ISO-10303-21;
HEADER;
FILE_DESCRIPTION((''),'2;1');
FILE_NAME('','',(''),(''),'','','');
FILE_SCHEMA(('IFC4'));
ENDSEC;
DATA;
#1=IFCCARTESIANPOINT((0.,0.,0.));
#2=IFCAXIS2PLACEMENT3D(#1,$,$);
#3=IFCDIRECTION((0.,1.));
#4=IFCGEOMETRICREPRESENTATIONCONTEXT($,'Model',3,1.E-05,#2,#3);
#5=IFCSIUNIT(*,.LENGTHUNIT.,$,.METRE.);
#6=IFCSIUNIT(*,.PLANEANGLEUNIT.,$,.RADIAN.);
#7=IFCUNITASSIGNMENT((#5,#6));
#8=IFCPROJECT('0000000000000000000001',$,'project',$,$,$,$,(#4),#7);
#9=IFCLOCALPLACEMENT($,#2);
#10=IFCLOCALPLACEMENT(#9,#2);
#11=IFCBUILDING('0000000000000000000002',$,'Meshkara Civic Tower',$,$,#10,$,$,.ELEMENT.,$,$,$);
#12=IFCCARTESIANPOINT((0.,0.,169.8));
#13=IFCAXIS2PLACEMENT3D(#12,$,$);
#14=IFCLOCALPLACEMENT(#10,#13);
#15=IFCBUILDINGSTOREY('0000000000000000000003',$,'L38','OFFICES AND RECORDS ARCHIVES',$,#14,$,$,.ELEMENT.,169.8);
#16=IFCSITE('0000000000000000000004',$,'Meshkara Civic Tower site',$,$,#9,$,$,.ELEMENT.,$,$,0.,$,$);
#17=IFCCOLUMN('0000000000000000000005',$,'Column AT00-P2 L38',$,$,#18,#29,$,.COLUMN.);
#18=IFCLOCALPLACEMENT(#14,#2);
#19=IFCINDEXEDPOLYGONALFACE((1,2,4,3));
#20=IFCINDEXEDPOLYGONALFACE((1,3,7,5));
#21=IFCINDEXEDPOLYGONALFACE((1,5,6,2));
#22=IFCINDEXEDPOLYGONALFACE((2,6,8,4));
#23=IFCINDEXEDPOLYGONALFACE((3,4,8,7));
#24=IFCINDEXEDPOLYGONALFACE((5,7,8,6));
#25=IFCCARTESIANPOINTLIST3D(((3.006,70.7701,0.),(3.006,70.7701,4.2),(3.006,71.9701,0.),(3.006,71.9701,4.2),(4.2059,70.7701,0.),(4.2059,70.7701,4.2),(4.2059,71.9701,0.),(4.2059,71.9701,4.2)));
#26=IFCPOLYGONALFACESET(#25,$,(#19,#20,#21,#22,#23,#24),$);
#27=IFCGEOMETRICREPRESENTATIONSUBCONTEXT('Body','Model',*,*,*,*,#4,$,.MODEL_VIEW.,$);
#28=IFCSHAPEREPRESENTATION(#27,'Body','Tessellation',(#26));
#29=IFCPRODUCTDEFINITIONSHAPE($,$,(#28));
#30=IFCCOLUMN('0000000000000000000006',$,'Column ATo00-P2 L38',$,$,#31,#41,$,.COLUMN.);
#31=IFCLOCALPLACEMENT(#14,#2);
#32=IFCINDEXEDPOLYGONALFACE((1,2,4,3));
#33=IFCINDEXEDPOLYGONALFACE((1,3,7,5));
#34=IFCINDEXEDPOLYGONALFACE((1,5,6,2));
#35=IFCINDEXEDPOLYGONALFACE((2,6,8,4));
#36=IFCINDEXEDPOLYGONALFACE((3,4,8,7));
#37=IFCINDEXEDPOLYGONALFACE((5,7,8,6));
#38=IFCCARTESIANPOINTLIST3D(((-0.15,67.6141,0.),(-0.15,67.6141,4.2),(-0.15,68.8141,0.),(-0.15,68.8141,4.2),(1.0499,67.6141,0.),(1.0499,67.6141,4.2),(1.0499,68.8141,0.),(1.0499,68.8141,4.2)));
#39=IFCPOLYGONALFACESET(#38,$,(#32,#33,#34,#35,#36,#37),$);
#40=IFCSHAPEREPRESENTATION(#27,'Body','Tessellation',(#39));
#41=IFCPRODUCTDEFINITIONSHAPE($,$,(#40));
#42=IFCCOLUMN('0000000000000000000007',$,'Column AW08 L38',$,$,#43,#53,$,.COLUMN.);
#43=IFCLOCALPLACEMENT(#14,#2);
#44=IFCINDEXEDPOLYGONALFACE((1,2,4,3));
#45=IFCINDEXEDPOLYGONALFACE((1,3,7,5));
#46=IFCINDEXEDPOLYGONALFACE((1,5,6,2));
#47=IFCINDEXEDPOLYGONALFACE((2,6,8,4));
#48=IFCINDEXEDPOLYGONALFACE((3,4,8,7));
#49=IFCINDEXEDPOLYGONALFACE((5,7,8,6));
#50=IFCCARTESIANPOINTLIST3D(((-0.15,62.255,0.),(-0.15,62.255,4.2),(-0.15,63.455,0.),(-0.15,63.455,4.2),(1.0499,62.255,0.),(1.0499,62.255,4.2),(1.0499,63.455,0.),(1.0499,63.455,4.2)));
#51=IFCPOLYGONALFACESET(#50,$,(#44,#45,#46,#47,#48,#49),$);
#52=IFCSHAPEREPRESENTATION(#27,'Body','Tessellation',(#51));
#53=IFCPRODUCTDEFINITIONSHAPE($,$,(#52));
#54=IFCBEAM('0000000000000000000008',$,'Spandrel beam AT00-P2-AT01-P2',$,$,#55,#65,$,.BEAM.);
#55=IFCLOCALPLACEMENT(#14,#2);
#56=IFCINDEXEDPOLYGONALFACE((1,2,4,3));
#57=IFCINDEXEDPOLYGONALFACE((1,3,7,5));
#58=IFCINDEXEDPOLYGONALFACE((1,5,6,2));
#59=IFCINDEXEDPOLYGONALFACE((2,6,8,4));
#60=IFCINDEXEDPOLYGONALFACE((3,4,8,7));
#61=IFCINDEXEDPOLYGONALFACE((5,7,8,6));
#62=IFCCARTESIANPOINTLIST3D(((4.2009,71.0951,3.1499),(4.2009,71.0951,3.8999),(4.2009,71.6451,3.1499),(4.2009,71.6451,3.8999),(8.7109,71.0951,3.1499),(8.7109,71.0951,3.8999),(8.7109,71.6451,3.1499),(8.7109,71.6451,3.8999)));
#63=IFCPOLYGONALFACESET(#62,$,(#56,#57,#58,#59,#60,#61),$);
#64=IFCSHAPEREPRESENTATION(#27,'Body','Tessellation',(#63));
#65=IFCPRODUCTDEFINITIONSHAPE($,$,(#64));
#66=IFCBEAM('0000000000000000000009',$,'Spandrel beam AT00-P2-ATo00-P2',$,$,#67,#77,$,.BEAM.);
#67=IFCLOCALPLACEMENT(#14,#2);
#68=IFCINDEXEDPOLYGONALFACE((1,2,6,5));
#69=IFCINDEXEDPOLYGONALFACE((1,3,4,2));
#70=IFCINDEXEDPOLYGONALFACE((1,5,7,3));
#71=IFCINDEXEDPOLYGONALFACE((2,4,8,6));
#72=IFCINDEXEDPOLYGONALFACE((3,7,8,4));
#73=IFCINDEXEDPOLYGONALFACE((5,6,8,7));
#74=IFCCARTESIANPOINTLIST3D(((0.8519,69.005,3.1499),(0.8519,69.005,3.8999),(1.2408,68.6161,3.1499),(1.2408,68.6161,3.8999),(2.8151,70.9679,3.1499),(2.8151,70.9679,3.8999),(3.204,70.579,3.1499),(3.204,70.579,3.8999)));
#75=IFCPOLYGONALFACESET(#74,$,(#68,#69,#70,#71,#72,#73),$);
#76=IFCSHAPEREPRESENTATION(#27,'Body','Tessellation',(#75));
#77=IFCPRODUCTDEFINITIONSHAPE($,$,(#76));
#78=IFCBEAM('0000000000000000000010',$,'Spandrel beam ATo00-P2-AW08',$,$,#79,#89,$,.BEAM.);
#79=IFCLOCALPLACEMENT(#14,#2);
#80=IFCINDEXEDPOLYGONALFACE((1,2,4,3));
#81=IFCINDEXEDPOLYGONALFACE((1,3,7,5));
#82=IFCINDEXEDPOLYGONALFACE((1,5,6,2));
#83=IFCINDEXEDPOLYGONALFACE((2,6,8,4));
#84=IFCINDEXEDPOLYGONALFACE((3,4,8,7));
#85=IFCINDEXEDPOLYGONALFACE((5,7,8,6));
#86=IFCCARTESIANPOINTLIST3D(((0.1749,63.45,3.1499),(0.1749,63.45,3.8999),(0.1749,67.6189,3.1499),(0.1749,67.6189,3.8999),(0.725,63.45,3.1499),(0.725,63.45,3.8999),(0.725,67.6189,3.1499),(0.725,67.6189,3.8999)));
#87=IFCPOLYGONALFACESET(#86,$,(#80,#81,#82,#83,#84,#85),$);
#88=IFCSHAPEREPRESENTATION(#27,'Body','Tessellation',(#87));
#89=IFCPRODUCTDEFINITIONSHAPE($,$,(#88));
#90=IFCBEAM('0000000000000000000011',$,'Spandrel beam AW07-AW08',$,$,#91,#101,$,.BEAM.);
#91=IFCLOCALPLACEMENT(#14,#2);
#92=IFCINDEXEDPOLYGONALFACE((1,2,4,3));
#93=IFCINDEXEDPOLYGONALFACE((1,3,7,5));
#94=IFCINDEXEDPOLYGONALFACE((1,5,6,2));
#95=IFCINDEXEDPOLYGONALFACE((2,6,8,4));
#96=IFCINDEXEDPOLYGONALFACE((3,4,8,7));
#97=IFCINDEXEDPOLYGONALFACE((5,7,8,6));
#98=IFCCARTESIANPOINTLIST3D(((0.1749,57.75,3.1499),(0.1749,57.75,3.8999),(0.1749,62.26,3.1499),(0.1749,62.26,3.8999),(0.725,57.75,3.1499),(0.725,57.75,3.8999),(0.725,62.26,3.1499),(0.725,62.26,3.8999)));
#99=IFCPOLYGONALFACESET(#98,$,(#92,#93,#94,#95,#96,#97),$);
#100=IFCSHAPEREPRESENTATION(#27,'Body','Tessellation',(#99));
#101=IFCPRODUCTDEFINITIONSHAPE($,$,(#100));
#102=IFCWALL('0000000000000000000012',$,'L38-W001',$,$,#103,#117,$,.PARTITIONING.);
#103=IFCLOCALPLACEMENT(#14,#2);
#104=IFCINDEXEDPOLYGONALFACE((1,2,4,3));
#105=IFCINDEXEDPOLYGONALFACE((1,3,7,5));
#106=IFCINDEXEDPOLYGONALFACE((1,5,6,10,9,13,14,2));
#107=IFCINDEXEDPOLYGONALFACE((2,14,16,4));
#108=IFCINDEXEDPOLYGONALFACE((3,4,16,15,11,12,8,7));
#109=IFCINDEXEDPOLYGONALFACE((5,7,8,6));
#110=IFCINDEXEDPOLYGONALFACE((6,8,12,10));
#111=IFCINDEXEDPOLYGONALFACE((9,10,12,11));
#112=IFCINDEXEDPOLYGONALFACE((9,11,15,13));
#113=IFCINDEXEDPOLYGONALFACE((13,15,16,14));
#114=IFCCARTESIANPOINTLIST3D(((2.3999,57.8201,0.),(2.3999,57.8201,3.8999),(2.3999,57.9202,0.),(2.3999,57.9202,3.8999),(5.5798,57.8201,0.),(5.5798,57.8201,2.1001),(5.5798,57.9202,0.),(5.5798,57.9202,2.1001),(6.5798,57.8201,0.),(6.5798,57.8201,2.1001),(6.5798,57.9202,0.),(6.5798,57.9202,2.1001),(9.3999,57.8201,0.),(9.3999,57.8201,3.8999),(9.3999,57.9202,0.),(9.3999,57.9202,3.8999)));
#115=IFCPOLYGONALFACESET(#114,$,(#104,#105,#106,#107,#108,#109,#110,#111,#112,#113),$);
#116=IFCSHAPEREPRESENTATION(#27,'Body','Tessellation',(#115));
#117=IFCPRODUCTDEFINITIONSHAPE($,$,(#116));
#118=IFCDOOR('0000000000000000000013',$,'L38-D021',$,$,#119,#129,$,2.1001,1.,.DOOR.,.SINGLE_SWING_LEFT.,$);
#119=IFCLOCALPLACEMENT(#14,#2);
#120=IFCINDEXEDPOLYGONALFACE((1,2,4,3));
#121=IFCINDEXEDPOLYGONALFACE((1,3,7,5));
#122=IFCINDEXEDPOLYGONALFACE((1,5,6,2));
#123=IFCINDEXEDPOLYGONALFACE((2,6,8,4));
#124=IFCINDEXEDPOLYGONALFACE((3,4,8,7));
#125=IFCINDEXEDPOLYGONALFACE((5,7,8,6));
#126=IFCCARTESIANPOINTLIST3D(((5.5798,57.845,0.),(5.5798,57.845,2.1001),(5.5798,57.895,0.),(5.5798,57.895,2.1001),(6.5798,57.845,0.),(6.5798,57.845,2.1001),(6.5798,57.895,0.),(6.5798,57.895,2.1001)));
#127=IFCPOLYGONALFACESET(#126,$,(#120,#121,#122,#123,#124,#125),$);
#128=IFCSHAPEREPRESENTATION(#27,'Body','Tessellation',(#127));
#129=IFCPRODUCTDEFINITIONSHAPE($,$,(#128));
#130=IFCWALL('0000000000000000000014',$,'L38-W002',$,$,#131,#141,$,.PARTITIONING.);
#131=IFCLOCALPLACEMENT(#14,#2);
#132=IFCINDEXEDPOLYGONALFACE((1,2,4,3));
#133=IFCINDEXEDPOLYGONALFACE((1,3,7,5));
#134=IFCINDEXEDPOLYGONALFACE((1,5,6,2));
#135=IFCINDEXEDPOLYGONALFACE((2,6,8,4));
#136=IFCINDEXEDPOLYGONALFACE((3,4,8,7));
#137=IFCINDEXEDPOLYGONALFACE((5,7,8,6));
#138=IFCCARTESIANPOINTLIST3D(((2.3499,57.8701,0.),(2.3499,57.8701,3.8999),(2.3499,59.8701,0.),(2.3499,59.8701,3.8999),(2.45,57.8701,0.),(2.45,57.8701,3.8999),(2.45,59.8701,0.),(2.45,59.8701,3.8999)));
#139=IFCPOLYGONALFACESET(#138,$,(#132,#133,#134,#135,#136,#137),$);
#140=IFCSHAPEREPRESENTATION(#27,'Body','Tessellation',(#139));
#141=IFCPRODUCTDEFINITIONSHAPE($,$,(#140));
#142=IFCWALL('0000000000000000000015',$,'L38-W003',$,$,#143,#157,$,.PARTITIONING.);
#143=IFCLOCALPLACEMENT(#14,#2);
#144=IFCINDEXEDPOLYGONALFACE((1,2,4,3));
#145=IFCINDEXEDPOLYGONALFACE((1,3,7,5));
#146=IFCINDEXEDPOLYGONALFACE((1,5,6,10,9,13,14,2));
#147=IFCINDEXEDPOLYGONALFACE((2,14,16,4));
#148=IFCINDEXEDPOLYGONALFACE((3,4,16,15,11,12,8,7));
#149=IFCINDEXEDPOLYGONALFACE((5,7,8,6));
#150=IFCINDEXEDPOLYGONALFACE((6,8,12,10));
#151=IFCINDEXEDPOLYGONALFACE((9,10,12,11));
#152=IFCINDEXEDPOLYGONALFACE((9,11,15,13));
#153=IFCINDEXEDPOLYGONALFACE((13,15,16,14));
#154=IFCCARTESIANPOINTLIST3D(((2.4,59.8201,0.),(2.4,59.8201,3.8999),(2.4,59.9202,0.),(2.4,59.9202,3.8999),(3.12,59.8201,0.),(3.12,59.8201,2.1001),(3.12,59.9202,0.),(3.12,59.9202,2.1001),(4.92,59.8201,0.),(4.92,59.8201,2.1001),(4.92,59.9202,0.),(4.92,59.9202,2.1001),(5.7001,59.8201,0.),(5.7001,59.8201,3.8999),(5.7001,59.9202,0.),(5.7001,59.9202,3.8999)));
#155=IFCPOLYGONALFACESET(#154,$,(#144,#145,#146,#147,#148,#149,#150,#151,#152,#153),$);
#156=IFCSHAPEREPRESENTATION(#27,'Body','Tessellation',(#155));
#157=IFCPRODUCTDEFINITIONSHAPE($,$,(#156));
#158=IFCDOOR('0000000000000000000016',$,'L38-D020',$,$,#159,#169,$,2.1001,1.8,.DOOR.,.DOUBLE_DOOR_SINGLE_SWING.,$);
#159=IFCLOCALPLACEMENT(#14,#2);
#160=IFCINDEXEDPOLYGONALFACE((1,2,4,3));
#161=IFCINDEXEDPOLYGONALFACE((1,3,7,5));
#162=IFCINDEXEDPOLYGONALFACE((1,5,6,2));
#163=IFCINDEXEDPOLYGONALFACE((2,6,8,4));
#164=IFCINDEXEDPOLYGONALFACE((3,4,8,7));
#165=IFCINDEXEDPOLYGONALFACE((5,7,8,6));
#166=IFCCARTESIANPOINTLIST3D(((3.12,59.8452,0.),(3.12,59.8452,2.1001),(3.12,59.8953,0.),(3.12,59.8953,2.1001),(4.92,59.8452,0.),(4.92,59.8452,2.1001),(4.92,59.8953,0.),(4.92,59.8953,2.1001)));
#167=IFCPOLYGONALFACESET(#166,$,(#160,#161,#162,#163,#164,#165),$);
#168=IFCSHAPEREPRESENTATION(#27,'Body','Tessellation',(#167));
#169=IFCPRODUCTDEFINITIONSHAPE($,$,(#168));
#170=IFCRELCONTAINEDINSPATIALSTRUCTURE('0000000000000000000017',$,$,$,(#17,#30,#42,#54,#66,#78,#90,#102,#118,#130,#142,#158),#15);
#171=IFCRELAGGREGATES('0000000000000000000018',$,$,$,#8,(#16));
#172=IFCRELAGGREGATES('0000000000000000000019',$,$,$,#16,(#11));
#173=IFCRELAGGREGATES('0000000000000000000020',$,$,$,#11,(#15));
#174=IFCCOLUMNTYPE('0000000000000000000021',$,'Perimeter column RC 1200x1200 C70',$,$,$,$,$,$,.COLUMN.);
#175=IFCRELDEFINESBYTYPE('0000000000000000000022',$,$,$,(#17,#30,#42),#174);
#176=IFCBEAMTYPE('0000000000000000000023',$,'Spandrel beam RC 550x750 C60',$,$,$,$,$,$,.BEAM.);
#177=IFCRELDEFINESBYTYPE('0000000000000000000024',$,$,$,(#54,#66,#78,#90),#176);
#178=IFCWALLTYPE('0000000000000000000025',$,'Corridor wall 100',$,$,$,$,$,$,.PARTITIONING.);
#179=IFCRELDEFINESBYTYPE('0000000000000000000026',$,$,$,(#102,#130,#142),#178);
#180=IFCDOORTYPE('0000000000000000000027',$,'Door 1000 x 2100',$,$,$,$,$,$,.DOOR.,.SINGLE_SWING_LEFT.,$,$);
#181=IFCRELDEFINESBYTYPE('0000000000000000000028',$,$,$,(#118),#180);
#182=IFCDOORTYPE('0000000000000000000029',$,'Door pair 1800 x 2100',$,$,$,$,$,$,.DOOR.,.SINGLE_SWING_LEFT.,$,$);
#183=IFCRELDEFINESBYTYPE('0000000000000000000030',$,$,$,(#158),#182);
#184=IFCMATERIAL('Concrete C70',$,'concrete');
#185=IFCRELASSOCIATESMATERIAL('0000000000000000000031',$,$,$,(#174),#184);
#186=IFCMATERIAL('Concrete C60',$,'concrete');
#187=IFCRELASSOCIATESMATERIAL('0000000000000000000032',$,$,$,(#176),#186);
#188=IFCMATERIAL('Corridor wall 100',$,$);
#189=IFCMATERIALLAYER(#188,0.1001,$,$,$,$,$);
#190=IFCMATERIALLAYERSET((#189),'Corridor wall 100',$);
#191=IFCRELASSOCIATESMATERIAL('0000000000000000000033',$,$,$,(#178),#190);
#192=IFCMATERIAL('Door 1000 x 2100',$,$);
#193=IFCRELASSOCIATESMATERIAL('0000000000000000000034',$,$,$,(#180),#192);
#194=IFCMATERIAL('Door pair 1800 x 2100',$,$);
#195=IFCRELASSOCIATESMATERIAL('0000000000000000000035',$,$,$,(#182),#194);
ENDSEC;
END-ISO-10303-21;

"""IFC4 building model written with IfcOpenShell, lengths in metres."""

from ifc_helpers import new_model, si_unit, direction, frame, frame_2d, origin, origin_2d, place, context, subcontext, project, spatial, rectangle, extrude, material, layer, layer_set, material_profile, profile_set, type_object, element, fill, save


model = new_model("IFC4")

# Units and contexts
model_context = context("Model", 3, precision=1e-05, world=origin(), true_north=direction((0.0, 1.0)))
body_context = subcontext(model_context, "Body", "Model", "MODEL_VIEW")
ifc_project = project(units=[si_unit("LENGTHUNIT", "METRE"), si_unit("PLANEANGLEUNIT", "RADIAN")], contexts=[model_context])

# Site, building, storey
site_placement = place(None, origin())
site = spatial("IfcSite", under=ifc_project, at=site_placement, Name="Meshkara Civic Tower site", CompositionType="ELEMENT", RefElevation=0.0)
building_placement = place(site_placement, origin())
building = spatial("IfcBuilding", under=site, at=building_placement, Name="Meshkara Civic Tower", CompositionType="ELEMENT")
storey_placement = place(building_placement, frame((0.0, 0.0, 169.8)))
storey = spatial("IfcBuildingStorey", under=building, at=storey_placement, Name="L38", Description="OFFICES AND RECORDS ARCHIVES", CompositionType="ELEMENT", Elevation=169.8)

# Columns
ifc_material_1 = material(Name="Concrete C70", Category="concrete")
ifc_material_profile_1 = material_profile(ifc_material_1, rectangle(XDim=1.2, YDim=1.2, at=origin_2d()))
ifc_profile_set_1 = profile_set([ifc_material_profile_1], Name="Concrete C70")
column_type = type_object("IfcColumnType", Name="Perimeter column RC 1200x1200 C70", PredefinedType="COLUMN", material=ifc_profile_set_1)
for number, where, z_axis, x_axis, name in (
    (1, (3.606, 71.3701, 0.0), (0.0, 0.0, 1.0), (1.0, 0.0, 0.0), "Column AT00-P2 L38"),
    (2, (0.45, 68.2141, 0.0), (0.0, 0.0, 1.0), (1.0, 0.0, 0.0), "Column ATo00-P2 L38"),
    (3, (0.45, 62.855, 0.0), (0.0, 0.0, 1.0), (1.0, 0.0, 0.0), "Column AW08 L38"),
):
    element("IfcColumn", number, at=place(storey_placement, frame(where, z_axis=z_axis, x_axis=x_axis)), inside=storey, type_object=column_type, Name=name, PredefinedType="COLUMN", context=body_context, shape_type="SweptSolid", body=[
        extrude(rectangle(XDim=1.2, YDim=1.2, at=origin_2d()), origin(), (0.0, 0.0, 1.0), 4.2),
    ])

# Beams
ifc_material_2 = material(Name="Concrete C60", Category="concrete")
ifc_material_profile_2 = material_profile(ifc_material_2, rectangle(XDim=0.55, YDim=0.75, at=origin_2d()))
ifc_profile_set_2 = profile_set([ifc_material_profile_2], Name="Concrete C60")
beam_type = type_object("IfcBeamType", Name="Spandrel beam RC 550x750 C60", PredefinedType="BEAM", material=ifc_profile_set_2)
beam_1_placement = place(storey_placement, frame((8.7109, 71.3701, 3.5249), z_axis=(-1.0, 0.0, 0.0), x_axis=(0.0, -1.0, 0.0)))
element("IfcBeam", 4, at=beam_1_placement, inside=storey, type_object=beam_type, Name="Spandrel beam AT00-P2-AT01-P2", PredefinedType="BEAM", context=body_context, shape_type="SweptSolid", body=[
    extrude(rectangle(XDim=0.55, YDim=0.75, at=origin_2d()), origin(), (0.0, 0.0, 1.0), 4.51),
])
beam_2_placement = place(storey_placement, frame((3.0095, 70.7734, 3.5249), z_axis=(-0.707151, -0.707063, 0.0), x_axis=(0.707063, -0.707151, 0.0)))
element("IfcBeam", 5, at=beam_2_placement, inside=storey, type_object=beam_type, Name="Spandrel beam AT00-P2-ATo00-P2", PredefinedType="BEAM", context=body_context, shape_type="SweptSolid", body=[
    extrude(rectangle(XDim=0.55, YDim=0.75, at=origin_2d()), origin(), (0.0, 0.0, 1.0), 2.7761),
])
beam_3_placement = place(storey_placement, frame((0.45, 67.6189, 3.5249), z_axis=(0.0, -1.0, 0.0), x_axis=(1.0, 0.0, 0.0)))
element("IfcBeam", 6, at=beam_3_placement, inside=storey, type_object=beam_type, Name="Spandrel beam ATo00-P2-AW08", PredefinedType="BEAM", context=body_context, shape_type="SweptSolid", body=[
    extrude(rectangle(XDim=0.55, YDim=0.75, at=origin_2d()), origin(), (0.0, 0.0, 1.0), 4.1689),
])
beam_4_placement = place(storey_placement, frame((0.45, 62.26, 3.5249), z_axis=(0.0, -1.0, 0.0), x_axis=(1.0, 0.0, 0.0)))
element("IfcBeam", 7, at=beam_4_placement, inside=storey, type_object=beam_type, Name="Spandrel beam AW07-AW08", PredefinedType="BEAM", context=body_context, shape_type="SweptSolid", body=[
    extrude(rectangle(XDim=0.55, YDim=0.75, at=origin_2d()), origin(), (0.0, 0.0, 1.0), 4.51),
])

# Wall, opening, door
ifc_material_3 = material(Name="Corridor wall 100")
ifc_layer_1 = layer(ifc_material_3, 0.1001)
ifc_layer_set_1 = layer_set([ifc_layer_1], Name="Corridor wall 100")
wall_type_1 = type_object("IfcWallType", Name="Corridor wall 100", PredefinedType="PARTITIONING", material=ifc_layer_set_1)
wall_1_placement = place(storey_placement, frame((2.3999, 57.8701, 0.0), z_axis=(0.0, 0.0, 1.0), x_axis=(1.0, 0.0, 0.0)))
wall_1 = element("IfcWall", 8, at=wall_1_placement, inside=storey, type_object=wall_type_1, Name="L38-W001", PredefinedType="PARTITIONING", context=body_context, shape_type="SweptSolid", body=[
    extrude(rectangle(XDim=7.0, YDim=0.1001, at=frame_2d((3.5, 0.0))), origin(), (0.0, 0.0, 1.0), 3.8999),
])
opening_1_placement = place(wall_1_placement, frame((3.1799, 0.0, 0.0)))
opening_1 = element("IfcOpeningElement", 9, at=opening_1_placement, cuts=wall_1, PredefinedType="OPENING", context=body_context, shape_type="SweptSolid", body=[
    extrude(rectangle(XDim=1.0, YDim=2.1001, at=frame_2d((0.5, 1.05))), frame((0.0, 0.0601, 0.0), z_axis=(0.0, -1.0, 0.0), x_axis=(1.0, 0.0, 0.0)), (0.0, 0.0, 1.0), 0.1201),
])
ifc_material_4 = material(Name="Door 1000 x 2100")
door_type_1 = type_object("IfcDoorType", Name="Door 1000 x 2100", OperationType="SINGLE_SWING_LEFT", PredefinedType="DOOR", material=ifc_material_4)
door_1_placement = place(opening_1_placement, origin())
door_1 = element("IfcDoor", 10, at=door_1_placement, inside=storey, type_object=door_type_1, Name="L38-D021", OperationType="SINGLE_SWING_LEFT", OverallHeight=2.1001, OverallWidth=1.0, PredefinedType="DOOR", context=body_context, shape_type="SweptSolid", body=[
    extrude(rectangle(XDim=1.0, YDim=2.1001, at=frame_2d((0.5, 1.05))), frame((0.0, 0.0249, 0.0), z_axis=(0.0, -1.0, 0.0), x_axis=(1.0, 0.0, 0.0)), (0.0, 0.0, 1.0), 0.05),
])
fill(opening_1, door_1)

# Wall
wall_2_placement = place(storey_placement, frame((2.3999, 59.8701, 0.0), z_axis=(0.0, 0.0, 1.0), x_axis=(0.0, -1.0, 0.0)))
element("IfcWall", 11, at=wall_2_placement, inside=storey, type_object=wall_type_1, Name="L38-W002", PredefinedType="PARTITIONING", context=body_context, shape_type="SweptSolid", body=[
    extrude(rectangle(XDim=2.0, YDim=0.1001, at=frame_2d((1.0, 0.0))), origin(), (0.0, 0.0, 1.0), 3.8999),
])

# Wall, opening, door
wall_3_placement = place(storey_placement, frame((5.7, 59.8701, 0.0), z_axis=(0.0, 0.0, 1.0), x_axis=(-1.0, 0.0, 0.0)))
wall_3 = element("IfcWall", 12, at=wall_3_placement, inside=storey, type_object=wall_type_1, Name="L38-W003", PredefinedType="PARTITIONING", context=body_context, shape_type="SweptSolid", body=[
    extrude(rectangle(XDim=3.3, YDim=0.1001, at=frame_2d((1.6499, 0.0))), origin(), (0.0, 0.0, 1.0), 3.8999),
])
opening_2_placement = place(wall_3_placement, frame((0.78, 0.0, 0.0)))
opening_2 = element("IfcOpeningElement", 13, at=opening_2_placement, cuts=wall_3, PredefinedType="OPENING", context=body_context, shape_type="SweptSolid", body=[
    extrude(rectangle(XDim=1.8, YDim=2.1001, at=frame_2d((0.8999, 1.05))), frame((0.0, 0.0601, 0.0), z_axis=(0.0, -1.0, 0.0), x_axis=(1.0, 0.0, 0.0)), (0.0, 0.0, 1.0), 0.1201),
])
ifc_material_5 = material(Name="Door pair 1800 x 2100")
door_type_2 = type_object("IfcDoorType", Name="Door pair 1800 x 2100", OperationType="SINGLE_SWING_LEFT", PredefinedType="DOOR", material=ifc_material_5)
door_2_placement = place(opening_2_placement, origin())
door_2 = element("IfcDoor", 14, at=door_2_placement, inside=storey, type_object=door_type_2, Name="L38-D020", OperationType="DOUBLE_DOOR_SINGLE_SWING", OverallHeight=2.1001, OverallWidth=1.8, PredefinedType="DOOR", context=body_context, shape_type="SweptSolid", body=[
    extrude(rectangle(XDim=1.8, YDim=2.1001, at=frame_2d((0.8999, 1.05))), frame((0.0, 0.0249, 0.0), z_axis=(0.0, -1.0, 0.0), x_axis=(1.0, 0.0, 0.0)), (0.0, 0.0, 1.0), 0.05),
])
fill(opening_2, door_2)

save(model, "model.ifc")
